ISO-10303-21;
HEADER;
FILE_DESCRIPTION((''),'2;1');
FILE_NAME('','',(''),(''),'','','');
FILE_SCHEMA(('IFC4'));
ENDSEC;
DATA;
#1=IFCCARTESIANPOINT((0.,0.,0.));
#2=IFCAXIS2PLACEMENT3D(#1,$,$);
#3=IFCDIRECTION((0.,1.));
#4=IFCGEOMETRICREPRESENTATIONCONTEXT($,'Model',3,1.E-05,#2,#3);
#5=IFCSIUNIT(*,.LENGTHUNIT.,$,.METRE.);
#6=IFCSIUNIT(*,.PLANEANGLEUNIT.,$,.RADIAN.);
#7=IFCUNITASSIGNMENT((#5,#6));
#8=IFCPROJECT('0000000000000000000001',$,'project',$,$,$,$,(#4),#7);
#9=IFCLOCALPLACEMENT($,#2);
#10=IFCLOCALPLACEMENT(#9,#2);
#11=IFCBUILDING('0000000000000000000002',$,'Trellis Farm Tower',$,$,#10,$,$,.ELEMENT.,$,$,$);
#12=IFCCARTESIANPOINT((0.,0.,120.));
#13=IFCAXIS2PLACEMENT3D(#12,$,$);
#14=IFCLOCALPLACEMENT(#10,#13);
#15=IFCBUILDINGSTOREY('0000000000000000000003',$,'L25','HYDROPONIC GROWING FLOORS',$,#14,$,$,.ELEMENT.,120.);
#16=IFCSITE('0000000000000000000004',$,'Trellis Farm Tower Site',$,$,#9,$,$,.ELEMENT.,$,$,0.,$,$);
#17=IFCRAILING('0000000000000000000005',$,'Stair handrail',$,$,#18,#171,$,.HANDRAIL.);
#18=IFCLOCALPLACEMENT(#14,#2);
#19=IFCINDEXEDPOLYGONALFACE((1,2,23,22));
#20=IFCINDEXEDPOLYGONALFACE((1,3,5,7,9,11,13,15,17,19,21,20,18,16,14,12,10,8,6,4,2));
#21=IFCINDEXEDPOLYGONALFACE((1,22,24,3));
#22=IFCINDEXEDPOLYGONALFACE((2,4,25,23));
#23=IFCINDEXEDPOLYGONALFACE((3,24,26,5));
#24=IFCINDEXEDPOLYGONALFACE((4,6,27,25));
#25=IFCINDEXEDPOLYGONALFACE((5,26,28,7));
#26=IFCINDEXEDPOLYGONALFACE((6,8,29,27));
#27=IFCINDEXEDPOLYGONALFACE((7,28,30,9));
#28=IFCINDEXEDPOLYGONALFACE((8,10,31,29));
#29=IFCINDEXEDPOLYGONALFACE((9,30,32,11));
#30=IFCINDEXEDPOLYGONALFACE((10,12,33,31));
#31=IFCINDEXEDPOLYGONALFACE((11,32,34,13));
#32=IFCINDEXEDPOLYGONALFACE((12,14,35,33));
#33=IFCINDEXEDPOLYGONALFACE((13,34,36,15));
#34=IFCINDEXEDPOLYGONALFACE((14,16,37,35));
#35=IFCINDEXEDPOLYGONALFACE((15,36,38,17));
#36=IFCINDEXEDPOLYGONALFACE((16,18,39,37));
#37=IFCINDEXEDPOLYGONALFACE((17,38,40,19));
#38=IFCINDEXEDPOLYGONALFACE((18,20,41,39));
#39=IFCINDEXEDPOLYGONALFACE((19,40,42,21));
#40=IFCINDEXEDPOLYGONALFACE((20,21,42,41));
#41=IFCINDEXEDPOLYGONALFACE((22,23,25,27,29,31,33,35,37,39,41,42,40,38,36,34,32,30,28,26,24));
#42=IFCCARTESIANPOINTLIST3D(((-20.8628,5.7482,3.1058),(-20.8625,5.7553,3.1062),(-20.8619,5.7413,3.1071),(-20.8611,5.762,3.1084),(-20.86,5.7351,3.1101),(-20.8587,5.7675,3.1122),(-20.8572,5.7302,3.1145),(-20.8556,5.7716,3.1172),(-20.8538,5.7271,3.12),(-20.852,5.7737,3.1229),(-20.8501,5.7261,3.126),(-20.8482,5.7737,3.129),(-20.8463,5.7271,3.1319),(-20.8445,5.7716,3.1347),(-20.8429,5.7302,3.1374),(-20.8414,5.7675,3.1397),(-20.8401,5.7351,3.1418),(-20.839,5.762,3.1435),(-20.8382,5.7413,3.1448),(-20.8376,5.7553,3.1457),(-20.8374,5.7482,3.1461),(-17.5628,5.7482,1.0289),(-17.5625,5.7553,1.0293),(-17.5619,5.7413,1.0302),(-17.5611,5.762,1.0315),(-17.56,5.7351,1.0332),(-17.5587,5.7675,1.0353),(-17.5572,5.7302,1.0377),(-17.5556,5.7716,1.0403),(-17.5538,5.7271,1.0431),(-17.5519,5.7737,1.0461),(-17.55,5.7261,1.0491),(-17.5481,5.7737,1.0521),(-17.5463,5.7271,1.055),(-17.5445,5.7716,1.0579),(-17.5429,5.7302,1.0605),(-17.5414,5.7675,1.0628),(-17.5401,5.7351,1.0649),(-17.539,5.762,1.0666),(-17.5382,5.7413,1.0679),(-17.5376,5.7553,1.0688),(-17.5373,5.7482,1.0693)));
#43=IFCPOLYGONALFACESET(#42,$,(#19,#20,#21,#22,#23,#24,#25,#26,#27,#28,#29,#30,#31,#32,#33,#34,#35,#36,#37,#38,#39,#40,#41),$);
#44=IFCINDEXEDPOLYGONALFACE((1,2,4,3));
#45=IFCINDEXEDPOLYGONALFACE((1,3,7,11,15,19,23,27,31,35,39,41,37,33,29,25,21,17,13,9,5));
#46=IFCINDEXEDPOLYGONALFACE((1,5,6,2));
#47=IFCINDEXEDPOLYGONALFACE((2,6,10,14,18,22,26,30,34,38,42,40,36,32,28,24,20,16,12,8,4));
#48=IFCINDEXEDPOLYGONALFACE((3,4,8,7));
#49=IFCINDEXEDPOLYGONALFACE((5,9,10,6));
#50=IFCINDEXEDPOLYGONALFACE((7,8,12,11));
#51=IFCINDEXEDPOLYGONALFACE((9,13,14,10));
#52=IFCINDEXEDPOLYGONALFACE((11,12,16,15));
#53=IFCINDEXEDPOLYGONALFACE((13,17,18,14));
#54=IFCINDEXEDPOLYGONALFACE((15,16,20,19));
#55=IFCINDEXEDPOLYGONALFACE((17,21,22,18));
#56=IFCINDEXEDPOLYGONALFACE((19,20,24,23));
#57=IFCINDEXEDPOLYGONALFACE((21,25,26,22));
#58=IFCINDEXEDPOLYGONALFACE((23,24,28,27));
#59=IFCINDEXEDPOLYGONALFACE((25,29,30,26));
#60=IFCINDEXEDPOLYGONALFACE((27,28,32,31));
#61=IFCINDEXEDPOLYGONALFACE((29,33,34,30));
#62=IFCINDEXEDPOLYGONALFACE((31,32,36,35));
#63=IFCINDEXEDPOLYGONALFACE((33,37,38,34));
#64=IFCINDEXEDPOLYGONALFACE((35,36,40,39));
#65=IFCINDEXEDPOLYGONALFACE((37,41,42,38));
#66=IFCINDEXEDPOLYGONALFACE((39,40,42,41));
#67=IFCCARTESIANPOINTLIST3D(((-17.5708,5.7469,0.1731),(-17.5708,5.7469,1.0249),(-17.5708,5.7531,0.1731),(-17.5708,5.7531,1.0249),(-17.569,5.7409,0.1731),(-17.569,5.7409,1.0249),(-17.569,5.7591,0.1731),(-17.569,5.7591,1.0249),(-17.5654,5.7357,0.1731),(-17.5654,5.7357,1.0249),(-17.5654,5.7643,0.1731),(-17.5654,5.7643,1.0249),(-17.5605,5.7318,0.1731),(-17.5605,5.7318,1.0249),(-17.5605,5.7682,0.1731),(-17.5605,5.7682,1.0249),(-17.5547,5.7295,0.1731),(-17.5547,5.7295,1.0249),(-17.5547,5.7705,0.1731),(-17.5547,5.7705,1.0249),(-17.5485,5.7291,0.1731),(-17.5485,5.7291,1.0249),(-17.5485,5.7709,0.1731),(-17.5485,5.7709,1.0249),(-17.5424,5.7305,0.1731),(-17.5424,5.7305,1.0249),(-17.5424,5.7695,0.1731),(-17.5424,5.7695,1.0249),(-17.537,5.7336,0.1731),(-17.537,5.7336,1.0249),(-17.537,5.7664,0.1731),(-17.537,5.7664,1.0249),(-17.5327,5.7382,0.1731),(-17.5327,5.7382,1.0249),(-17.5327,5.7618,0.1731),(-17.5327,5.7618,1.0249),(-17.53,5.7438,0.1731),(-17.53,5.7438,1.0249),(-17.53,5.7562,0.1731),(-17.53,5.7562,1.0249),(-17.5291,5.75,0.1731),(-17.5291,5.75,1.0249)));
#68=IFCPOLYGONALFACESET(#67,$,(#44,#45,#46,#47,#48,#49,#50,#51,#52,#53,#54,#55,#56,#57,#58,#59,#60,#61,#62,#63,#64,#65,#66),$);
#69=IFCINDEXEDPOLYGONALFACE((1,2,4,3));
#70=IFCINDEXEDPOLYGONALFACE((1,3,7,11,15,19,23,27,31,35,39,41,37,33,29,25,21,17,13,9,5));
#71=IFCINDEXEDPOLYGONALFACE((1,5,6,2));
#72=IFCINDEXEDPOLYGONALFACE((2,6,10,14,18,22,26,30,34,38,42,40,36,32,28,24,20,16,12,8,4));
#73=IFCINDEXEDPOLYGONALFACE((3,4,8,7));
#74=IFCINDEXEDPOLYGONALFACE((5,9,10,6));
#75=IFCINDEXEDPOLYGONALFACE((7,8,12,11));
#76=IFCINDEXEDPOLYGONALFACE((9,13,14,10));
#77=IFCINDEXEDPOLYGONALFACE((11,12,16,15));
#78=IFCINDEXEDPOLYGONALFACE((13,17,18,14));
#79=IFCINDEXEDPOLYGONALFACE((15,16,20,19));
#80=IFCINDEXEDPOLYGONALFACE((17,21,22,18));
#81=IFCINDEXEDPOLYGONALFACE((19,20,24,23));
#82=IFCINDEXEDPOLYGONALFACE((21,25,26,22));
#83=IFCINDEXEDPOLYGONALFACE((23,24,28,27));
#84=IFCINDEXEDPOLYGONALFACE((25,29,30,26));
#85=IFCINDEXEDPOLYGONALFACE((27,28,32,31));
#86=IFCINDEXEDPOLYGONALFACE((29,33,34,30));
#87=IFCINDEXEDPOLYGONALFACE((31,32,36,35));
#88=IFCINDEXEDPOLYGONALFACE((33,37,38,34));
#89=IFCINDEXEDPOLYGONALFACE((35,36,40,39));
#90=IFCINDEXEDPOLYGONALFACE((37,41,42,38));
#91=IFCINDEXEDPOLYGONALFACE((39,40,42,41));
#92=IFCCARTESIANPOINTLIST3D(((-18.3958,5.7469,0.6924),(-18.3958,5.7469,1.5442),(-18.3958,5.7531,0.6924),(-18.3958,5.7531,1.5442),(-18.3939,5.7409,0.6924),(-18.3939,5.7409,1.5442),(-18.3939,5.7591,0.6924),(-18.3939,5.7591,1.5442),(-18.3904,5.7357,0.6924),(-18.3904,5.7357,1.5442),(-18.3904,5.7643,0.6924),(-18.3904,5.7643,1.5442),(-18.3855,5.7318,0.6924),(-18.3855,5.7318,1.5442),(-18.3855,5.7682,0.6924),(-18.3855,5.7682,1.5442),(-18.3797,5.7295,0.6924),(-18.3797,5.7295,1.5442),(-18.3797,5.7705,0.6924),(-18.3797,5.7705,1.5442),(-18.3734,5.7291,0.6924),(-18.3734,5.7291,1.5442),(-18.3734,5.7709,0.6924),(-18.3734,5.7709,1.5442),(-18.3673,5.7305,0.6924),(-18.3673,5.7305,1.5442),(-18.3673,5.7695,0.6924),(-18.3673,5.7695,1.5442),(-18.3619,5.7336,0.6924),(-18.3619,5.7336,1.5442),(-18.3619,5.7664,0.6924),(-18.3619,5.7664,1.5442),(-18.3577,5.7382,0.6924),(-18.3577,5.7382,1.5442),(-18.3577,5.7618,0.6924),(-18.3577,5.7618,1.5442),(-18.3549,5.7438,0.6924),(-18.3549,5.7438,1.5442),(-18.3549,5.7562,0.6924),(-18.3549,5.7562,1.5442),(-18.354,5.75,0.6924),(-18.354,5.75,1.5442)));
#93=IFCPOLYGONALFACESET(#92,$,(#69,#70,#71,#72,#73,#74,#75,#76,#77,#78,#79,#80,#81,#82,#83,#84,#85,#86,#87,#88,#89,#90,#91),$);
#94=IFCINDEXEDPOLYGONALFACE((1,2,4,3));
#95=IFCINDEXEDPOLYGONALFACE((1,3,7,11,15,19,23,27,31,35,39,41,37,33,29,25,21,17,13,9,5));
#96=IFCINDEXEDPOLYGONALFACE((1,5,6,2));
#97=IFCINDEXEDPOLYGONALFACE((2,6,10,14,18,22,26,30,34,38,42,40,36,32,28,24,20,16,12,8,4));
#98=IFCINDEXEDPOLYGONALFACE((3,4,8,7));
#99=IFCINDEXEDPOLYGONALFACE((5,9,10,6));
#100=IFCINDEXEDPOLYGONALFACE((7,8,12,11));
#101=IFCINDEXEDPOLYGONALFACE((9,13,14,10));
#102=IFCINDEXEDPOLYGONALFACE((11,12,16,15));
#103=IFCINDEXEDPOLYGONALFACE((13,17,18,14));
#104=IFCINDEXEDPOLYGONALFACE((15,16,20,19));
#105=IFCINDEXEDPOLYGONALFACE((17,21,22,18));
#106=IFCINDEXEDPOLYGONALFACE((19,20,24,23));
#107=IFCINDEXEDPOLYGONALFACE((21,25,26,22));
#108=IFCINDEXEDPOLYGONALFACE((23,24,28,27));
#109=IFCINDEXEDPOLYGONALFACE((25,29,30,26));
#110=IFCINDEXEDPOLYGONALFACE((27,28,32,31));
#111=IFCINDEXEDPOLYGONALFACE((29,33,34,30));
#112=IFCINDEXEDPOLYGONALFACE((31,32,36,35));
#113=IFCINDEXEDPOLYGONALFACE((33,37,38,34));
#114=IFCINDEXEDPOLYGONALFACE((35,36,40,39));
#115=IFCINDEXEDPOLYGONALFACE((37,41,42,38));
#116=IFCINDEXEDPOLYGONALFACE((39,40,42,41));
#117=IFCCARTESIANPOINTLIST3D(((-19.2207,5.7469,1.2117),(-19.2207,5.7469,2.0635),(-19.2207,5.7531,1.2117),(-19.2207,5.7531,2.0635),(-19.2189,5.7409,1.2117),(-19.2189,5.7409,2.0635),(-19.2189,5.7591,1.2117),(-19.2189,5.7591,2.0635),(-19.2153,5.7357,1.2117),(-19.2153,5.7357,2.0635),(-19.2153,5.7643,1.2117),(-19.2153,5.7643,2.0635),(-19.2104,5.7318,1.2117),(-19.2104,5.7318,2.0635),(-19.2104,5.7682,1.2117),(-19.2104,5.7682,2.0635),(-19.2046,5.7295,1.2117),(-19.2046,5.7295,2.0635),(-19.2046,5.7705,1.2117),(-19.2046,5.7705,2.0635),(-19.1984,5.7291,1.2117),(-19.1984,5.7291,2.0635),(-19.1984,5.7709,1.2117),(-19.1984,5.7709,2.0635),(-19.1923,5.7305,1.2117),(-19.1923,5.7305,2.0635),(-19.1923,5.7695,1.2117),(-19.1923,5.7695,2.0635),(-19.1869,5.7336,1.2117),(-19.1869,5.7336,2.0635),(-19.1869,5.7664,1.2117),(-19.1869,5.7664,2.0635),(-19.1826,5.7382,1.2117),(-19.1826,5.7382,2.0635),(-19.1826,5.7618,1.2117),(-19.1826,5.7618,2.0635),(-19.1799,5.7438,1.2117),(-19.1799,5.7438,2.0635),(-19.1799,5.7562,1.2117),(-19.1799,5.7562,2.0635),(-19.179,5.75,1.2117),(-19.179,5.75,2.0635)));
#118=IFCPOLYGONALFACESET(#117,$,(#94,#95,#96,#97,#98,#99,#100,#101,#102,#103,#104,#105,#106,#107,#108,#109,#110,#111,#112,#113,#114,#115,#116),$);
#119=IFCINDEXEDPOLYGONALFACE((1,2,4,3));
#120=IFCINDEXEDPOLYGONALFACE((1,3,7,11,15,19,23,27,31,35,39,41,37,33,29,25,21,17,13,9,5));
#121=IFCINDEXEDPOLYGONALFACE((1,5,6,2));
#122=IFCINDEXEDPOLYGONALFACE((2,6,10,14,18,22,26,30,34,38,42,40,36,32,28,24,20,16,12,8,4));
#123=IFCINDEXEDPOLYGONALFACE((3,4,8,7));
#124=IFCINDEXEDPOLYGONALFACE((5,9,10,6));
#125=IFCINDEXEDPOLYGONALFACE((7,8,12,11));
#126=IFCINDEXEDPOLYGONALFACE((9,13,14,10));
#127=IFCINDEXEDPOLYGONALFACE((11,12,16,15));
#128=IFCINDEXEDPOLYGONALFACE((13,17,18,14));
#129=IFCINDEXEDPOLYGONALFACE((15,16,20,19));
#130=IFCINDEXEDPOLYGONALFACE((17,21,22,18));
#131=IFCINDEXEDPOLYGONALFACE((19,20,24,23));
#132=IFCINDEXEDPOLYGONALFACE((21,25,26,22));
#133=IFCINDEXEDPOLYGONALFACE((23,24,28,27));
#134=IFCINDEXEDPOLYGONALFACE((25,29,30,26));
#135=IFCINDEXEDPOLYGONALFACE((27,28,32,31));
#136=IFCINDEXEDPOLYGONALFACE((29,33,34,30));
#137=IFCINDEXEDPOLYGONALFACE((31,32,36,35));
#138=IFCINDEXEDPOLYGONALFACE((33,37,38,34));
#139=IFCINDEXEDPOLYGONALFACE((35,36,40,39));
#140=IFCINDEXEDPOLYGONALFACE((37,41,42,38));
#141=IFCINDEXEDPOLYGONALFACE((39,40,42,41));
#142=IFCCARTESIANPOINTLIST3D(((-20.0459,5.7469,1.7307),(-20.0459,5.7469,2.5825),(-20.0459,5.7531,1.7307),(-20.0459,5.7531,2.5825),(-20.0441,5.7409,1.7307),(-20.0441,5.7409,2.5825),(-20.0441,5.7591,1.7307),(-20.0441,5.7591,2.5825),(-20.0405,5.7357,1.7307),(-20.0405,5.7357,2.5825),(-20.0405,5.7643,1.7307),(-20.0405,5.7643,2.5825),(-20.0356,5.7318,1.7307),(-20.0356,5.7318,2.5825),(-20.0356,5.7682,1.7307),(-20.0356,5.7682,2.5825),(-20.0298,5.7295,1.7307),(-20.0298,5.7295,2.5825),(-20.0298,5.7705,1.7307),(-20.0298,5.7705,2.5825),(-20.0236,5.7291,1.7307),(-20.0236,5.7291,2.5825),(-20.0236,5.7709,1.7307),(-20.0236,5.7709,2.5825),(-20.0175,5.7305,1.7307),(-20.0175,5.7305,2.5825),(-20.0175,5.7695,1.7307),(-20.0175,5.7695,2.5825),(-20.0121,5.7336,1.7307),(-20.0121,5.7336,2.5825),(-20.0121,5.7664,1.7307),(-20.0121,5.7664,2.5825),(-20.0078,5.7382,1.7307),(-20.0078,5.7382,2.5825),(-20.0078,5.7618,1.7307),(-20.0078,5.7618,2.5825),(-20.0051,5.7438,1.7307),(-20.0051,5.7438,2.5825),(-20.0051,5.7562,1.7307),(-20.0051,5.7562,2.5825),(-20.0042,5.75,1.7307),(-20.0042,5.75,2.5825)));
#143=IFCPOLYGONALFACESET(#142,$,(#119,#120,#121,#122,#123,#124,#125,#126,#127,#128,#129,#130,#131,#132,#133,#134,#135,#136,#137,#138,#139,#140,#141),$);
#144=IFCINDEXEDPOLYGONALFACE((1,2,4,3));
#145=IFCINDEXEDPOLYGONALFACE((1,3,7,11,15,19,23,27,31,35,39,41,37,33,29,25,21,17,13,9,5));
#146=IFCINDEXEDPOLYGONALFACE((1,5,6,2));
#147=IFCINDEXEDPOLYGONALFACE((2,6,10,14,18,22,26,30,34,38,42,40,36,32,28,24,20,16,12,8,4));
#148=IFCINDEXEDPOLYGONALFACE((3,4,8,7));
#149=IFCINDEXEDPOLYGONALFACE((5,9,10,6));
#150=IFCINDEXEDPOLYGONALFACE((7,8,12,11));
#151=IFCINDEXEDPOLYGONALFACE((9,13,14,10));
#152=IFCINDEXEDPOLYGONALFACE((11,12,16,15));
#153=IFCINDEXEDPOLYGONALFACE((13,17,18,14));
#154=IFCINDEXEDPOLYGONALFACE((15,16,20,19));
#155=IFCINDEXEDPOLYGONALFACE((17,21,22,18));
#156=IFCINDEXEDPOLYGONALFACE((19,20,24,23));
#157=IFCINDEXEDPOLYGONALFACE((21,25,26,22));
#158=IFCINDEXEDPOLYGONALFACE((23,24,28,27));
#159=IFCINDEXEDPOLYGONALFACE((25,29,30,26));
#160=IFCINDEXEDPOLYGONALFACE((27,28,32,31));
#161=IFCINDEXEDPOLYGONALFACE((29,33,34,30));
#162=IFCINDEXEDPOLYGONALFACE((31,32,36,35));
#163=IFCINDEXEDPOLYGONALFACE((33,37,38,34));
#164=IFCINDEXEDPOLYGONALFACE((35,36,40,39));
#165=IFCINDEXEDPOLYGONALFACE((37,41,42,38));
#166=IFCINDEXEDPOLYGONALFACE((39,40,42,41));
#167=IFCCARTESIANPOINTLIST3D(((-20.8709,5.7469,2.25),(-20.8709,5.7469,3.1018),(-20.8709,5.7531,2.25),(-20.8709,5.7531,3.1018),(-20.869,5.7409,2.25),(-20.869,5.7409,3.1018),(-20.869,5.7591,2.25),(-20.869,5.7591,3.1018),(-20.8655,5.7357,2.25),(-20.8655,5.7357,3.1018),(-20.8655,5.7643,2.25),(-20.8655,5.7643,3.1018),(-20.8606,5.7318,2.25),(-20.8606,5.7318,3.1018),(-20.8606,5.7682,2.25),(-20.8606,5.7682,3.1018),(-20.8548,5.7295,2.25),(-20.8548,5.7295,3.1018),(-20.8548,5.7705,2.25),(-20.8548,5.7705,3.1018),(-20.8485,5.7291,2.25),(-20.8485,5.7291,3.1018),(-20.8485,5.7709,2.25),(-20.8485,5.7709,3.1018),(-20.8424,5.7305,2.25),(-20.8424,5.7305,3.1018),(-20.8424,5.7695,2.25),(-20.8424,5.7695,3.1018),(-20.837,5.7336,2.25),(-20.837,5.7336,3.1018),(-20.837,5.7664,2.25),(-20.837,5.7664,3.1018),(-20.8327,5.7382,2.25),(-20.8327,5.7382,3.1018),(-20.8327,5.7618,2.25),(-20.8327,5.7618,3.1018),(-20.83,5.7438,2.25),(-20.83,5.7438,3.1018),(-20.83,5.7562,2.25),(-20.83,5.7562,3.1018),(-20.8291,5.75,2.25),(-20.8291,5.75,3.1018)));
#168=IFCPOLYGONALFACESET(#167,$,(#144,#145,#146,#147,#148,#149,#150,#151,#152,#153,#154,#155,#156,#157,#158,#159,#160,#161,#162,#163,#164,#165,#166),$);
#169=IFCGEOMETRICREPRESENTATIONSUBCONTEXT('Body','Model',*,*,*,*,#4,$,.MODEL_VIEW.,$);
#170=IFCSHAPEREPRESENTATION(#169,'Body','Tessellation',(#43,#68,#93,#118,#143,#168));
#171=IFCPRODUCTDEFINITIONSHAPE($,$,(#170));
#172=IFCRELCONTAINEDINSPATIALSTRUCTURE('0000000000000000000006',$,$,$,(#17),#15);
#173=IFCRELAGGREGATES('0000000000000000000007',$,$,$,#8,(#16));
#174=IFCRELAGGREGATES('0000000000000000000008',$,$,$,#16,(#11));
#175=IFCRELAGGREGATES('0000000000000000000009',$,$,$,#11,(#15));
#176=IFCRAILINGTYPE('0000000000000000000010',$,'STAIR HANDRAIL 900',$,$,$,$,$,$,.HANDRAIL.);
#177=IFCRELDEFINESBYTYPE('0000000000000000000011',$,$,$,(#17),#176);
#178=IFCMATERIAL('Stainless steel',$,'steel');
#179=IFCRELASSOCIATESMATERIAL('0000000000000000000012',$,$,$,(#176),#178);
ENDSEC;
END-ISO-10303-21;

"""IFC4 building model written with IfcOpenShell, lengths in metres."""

from ifc_helpers import new_model, si_unit, direction, frame, origin, origin_2d, place, context, subcontext, project, spatial, circle, extrude, source, transform, mapped, material, type_object, element, save


model = new_model("IFC4")

# Units and contexts
model_context = context("Model", 3, precision=1e-05, world=origin(), true_north=direction((0.0, 1.0)))
body_context = subcontext(model_context, "Body", "Model", "MODEL_VIEW")
ifc_project = project(units=[si_unit("LENGTHUNIT", "METRE"), si_unit("PLANEANGLEUNIT", "RADIAN")], contexts=[model_context])

# Site, building, storey
site_placement = place(None, origin())
site = spatial("IfcSite", under=ifc_project, at=site_placement, Name="Trellis Farm Tower Site", CompositionType="ELEMENT", RefElevation=0.0)
building_placement = place(site_placement, origin())
building = spatial("IfcBuilding", under=site, at=building_placement, Name="Trellis Farm Tower", CompositionType="ELEMENT")
storey_placement = place(building_placement, frame((0.0, 0.0, 120.0)))
storey = spatial("IfcBuildingStorey", under=building, at=storey_placement, Name="L25", Description="HYDROPONIC GROWING FLOORS", CompositionType="ELEMENT", Elevation=120.0)

# Railing
ifc_material_1 = material(Name="Stainless steel", Category="steel")
railing_type = type_object("IfcRailingType", Name="STAIR HANDRAIL 900", PredefinedType="HANDRAIL", material=ifc_material_1)
shared_shape_1 = source(origin(), body_context, "Body", "SweptSolid", [
    extrude(circle(Radius=0.0239, at=origin_2d()), frame((0.0, 0.0, 0.876), z_axis=(-0.846337, 0.0, 0.532647), x_axis=(0.0, -1.0, 0.0)), (0.0, 0.0, 1.0), 3.8992),
    extrude(circle(Radius=0.021, at=origin_2d()), origin(), (0.0, 0.0, 1.0), 0.8518),
    extrude(circle(Radius=0.021, at=origin_2d()), frame((-0.825, 0.0, 0.5193)), (0.0, 0.0, 1.0), 0.8518),
    extrude(circle(Radius=0.021, at=origin_2d()), frame((-1.6499, 0.0, 1.0386)), (0.0, 0.0, 1.0), 0.8518),
    extrude(circle(Radius=0.021, at=origin_2d()), frame((-2.4751, 0.0, 1.5576)), (0.0, 0.0, 1.0), 0.8518),
    extrude(circle(Radius=0.021, at=origin_2d()), frame((-3.3, 0.0, 2.0769)), (0.0, 0.0, 1.0), 0.8518),
])
for number, where, name in (
    (1, (-17.55, 5.75, 0.1731), "Stair handrail"),
):
    element("IfcRailing", number, at=place(storey_placement, frame(where)), inside=storey, type_object=railing_type, Name=name, PredefinedType="HANDRAIL", context=body_context, shape_type="MappedRepresentation", body=[
        mapped(shared_shape_1, transform((0.0, 0.0, 0.0))),
    ])

save(model, "model.ifc")
